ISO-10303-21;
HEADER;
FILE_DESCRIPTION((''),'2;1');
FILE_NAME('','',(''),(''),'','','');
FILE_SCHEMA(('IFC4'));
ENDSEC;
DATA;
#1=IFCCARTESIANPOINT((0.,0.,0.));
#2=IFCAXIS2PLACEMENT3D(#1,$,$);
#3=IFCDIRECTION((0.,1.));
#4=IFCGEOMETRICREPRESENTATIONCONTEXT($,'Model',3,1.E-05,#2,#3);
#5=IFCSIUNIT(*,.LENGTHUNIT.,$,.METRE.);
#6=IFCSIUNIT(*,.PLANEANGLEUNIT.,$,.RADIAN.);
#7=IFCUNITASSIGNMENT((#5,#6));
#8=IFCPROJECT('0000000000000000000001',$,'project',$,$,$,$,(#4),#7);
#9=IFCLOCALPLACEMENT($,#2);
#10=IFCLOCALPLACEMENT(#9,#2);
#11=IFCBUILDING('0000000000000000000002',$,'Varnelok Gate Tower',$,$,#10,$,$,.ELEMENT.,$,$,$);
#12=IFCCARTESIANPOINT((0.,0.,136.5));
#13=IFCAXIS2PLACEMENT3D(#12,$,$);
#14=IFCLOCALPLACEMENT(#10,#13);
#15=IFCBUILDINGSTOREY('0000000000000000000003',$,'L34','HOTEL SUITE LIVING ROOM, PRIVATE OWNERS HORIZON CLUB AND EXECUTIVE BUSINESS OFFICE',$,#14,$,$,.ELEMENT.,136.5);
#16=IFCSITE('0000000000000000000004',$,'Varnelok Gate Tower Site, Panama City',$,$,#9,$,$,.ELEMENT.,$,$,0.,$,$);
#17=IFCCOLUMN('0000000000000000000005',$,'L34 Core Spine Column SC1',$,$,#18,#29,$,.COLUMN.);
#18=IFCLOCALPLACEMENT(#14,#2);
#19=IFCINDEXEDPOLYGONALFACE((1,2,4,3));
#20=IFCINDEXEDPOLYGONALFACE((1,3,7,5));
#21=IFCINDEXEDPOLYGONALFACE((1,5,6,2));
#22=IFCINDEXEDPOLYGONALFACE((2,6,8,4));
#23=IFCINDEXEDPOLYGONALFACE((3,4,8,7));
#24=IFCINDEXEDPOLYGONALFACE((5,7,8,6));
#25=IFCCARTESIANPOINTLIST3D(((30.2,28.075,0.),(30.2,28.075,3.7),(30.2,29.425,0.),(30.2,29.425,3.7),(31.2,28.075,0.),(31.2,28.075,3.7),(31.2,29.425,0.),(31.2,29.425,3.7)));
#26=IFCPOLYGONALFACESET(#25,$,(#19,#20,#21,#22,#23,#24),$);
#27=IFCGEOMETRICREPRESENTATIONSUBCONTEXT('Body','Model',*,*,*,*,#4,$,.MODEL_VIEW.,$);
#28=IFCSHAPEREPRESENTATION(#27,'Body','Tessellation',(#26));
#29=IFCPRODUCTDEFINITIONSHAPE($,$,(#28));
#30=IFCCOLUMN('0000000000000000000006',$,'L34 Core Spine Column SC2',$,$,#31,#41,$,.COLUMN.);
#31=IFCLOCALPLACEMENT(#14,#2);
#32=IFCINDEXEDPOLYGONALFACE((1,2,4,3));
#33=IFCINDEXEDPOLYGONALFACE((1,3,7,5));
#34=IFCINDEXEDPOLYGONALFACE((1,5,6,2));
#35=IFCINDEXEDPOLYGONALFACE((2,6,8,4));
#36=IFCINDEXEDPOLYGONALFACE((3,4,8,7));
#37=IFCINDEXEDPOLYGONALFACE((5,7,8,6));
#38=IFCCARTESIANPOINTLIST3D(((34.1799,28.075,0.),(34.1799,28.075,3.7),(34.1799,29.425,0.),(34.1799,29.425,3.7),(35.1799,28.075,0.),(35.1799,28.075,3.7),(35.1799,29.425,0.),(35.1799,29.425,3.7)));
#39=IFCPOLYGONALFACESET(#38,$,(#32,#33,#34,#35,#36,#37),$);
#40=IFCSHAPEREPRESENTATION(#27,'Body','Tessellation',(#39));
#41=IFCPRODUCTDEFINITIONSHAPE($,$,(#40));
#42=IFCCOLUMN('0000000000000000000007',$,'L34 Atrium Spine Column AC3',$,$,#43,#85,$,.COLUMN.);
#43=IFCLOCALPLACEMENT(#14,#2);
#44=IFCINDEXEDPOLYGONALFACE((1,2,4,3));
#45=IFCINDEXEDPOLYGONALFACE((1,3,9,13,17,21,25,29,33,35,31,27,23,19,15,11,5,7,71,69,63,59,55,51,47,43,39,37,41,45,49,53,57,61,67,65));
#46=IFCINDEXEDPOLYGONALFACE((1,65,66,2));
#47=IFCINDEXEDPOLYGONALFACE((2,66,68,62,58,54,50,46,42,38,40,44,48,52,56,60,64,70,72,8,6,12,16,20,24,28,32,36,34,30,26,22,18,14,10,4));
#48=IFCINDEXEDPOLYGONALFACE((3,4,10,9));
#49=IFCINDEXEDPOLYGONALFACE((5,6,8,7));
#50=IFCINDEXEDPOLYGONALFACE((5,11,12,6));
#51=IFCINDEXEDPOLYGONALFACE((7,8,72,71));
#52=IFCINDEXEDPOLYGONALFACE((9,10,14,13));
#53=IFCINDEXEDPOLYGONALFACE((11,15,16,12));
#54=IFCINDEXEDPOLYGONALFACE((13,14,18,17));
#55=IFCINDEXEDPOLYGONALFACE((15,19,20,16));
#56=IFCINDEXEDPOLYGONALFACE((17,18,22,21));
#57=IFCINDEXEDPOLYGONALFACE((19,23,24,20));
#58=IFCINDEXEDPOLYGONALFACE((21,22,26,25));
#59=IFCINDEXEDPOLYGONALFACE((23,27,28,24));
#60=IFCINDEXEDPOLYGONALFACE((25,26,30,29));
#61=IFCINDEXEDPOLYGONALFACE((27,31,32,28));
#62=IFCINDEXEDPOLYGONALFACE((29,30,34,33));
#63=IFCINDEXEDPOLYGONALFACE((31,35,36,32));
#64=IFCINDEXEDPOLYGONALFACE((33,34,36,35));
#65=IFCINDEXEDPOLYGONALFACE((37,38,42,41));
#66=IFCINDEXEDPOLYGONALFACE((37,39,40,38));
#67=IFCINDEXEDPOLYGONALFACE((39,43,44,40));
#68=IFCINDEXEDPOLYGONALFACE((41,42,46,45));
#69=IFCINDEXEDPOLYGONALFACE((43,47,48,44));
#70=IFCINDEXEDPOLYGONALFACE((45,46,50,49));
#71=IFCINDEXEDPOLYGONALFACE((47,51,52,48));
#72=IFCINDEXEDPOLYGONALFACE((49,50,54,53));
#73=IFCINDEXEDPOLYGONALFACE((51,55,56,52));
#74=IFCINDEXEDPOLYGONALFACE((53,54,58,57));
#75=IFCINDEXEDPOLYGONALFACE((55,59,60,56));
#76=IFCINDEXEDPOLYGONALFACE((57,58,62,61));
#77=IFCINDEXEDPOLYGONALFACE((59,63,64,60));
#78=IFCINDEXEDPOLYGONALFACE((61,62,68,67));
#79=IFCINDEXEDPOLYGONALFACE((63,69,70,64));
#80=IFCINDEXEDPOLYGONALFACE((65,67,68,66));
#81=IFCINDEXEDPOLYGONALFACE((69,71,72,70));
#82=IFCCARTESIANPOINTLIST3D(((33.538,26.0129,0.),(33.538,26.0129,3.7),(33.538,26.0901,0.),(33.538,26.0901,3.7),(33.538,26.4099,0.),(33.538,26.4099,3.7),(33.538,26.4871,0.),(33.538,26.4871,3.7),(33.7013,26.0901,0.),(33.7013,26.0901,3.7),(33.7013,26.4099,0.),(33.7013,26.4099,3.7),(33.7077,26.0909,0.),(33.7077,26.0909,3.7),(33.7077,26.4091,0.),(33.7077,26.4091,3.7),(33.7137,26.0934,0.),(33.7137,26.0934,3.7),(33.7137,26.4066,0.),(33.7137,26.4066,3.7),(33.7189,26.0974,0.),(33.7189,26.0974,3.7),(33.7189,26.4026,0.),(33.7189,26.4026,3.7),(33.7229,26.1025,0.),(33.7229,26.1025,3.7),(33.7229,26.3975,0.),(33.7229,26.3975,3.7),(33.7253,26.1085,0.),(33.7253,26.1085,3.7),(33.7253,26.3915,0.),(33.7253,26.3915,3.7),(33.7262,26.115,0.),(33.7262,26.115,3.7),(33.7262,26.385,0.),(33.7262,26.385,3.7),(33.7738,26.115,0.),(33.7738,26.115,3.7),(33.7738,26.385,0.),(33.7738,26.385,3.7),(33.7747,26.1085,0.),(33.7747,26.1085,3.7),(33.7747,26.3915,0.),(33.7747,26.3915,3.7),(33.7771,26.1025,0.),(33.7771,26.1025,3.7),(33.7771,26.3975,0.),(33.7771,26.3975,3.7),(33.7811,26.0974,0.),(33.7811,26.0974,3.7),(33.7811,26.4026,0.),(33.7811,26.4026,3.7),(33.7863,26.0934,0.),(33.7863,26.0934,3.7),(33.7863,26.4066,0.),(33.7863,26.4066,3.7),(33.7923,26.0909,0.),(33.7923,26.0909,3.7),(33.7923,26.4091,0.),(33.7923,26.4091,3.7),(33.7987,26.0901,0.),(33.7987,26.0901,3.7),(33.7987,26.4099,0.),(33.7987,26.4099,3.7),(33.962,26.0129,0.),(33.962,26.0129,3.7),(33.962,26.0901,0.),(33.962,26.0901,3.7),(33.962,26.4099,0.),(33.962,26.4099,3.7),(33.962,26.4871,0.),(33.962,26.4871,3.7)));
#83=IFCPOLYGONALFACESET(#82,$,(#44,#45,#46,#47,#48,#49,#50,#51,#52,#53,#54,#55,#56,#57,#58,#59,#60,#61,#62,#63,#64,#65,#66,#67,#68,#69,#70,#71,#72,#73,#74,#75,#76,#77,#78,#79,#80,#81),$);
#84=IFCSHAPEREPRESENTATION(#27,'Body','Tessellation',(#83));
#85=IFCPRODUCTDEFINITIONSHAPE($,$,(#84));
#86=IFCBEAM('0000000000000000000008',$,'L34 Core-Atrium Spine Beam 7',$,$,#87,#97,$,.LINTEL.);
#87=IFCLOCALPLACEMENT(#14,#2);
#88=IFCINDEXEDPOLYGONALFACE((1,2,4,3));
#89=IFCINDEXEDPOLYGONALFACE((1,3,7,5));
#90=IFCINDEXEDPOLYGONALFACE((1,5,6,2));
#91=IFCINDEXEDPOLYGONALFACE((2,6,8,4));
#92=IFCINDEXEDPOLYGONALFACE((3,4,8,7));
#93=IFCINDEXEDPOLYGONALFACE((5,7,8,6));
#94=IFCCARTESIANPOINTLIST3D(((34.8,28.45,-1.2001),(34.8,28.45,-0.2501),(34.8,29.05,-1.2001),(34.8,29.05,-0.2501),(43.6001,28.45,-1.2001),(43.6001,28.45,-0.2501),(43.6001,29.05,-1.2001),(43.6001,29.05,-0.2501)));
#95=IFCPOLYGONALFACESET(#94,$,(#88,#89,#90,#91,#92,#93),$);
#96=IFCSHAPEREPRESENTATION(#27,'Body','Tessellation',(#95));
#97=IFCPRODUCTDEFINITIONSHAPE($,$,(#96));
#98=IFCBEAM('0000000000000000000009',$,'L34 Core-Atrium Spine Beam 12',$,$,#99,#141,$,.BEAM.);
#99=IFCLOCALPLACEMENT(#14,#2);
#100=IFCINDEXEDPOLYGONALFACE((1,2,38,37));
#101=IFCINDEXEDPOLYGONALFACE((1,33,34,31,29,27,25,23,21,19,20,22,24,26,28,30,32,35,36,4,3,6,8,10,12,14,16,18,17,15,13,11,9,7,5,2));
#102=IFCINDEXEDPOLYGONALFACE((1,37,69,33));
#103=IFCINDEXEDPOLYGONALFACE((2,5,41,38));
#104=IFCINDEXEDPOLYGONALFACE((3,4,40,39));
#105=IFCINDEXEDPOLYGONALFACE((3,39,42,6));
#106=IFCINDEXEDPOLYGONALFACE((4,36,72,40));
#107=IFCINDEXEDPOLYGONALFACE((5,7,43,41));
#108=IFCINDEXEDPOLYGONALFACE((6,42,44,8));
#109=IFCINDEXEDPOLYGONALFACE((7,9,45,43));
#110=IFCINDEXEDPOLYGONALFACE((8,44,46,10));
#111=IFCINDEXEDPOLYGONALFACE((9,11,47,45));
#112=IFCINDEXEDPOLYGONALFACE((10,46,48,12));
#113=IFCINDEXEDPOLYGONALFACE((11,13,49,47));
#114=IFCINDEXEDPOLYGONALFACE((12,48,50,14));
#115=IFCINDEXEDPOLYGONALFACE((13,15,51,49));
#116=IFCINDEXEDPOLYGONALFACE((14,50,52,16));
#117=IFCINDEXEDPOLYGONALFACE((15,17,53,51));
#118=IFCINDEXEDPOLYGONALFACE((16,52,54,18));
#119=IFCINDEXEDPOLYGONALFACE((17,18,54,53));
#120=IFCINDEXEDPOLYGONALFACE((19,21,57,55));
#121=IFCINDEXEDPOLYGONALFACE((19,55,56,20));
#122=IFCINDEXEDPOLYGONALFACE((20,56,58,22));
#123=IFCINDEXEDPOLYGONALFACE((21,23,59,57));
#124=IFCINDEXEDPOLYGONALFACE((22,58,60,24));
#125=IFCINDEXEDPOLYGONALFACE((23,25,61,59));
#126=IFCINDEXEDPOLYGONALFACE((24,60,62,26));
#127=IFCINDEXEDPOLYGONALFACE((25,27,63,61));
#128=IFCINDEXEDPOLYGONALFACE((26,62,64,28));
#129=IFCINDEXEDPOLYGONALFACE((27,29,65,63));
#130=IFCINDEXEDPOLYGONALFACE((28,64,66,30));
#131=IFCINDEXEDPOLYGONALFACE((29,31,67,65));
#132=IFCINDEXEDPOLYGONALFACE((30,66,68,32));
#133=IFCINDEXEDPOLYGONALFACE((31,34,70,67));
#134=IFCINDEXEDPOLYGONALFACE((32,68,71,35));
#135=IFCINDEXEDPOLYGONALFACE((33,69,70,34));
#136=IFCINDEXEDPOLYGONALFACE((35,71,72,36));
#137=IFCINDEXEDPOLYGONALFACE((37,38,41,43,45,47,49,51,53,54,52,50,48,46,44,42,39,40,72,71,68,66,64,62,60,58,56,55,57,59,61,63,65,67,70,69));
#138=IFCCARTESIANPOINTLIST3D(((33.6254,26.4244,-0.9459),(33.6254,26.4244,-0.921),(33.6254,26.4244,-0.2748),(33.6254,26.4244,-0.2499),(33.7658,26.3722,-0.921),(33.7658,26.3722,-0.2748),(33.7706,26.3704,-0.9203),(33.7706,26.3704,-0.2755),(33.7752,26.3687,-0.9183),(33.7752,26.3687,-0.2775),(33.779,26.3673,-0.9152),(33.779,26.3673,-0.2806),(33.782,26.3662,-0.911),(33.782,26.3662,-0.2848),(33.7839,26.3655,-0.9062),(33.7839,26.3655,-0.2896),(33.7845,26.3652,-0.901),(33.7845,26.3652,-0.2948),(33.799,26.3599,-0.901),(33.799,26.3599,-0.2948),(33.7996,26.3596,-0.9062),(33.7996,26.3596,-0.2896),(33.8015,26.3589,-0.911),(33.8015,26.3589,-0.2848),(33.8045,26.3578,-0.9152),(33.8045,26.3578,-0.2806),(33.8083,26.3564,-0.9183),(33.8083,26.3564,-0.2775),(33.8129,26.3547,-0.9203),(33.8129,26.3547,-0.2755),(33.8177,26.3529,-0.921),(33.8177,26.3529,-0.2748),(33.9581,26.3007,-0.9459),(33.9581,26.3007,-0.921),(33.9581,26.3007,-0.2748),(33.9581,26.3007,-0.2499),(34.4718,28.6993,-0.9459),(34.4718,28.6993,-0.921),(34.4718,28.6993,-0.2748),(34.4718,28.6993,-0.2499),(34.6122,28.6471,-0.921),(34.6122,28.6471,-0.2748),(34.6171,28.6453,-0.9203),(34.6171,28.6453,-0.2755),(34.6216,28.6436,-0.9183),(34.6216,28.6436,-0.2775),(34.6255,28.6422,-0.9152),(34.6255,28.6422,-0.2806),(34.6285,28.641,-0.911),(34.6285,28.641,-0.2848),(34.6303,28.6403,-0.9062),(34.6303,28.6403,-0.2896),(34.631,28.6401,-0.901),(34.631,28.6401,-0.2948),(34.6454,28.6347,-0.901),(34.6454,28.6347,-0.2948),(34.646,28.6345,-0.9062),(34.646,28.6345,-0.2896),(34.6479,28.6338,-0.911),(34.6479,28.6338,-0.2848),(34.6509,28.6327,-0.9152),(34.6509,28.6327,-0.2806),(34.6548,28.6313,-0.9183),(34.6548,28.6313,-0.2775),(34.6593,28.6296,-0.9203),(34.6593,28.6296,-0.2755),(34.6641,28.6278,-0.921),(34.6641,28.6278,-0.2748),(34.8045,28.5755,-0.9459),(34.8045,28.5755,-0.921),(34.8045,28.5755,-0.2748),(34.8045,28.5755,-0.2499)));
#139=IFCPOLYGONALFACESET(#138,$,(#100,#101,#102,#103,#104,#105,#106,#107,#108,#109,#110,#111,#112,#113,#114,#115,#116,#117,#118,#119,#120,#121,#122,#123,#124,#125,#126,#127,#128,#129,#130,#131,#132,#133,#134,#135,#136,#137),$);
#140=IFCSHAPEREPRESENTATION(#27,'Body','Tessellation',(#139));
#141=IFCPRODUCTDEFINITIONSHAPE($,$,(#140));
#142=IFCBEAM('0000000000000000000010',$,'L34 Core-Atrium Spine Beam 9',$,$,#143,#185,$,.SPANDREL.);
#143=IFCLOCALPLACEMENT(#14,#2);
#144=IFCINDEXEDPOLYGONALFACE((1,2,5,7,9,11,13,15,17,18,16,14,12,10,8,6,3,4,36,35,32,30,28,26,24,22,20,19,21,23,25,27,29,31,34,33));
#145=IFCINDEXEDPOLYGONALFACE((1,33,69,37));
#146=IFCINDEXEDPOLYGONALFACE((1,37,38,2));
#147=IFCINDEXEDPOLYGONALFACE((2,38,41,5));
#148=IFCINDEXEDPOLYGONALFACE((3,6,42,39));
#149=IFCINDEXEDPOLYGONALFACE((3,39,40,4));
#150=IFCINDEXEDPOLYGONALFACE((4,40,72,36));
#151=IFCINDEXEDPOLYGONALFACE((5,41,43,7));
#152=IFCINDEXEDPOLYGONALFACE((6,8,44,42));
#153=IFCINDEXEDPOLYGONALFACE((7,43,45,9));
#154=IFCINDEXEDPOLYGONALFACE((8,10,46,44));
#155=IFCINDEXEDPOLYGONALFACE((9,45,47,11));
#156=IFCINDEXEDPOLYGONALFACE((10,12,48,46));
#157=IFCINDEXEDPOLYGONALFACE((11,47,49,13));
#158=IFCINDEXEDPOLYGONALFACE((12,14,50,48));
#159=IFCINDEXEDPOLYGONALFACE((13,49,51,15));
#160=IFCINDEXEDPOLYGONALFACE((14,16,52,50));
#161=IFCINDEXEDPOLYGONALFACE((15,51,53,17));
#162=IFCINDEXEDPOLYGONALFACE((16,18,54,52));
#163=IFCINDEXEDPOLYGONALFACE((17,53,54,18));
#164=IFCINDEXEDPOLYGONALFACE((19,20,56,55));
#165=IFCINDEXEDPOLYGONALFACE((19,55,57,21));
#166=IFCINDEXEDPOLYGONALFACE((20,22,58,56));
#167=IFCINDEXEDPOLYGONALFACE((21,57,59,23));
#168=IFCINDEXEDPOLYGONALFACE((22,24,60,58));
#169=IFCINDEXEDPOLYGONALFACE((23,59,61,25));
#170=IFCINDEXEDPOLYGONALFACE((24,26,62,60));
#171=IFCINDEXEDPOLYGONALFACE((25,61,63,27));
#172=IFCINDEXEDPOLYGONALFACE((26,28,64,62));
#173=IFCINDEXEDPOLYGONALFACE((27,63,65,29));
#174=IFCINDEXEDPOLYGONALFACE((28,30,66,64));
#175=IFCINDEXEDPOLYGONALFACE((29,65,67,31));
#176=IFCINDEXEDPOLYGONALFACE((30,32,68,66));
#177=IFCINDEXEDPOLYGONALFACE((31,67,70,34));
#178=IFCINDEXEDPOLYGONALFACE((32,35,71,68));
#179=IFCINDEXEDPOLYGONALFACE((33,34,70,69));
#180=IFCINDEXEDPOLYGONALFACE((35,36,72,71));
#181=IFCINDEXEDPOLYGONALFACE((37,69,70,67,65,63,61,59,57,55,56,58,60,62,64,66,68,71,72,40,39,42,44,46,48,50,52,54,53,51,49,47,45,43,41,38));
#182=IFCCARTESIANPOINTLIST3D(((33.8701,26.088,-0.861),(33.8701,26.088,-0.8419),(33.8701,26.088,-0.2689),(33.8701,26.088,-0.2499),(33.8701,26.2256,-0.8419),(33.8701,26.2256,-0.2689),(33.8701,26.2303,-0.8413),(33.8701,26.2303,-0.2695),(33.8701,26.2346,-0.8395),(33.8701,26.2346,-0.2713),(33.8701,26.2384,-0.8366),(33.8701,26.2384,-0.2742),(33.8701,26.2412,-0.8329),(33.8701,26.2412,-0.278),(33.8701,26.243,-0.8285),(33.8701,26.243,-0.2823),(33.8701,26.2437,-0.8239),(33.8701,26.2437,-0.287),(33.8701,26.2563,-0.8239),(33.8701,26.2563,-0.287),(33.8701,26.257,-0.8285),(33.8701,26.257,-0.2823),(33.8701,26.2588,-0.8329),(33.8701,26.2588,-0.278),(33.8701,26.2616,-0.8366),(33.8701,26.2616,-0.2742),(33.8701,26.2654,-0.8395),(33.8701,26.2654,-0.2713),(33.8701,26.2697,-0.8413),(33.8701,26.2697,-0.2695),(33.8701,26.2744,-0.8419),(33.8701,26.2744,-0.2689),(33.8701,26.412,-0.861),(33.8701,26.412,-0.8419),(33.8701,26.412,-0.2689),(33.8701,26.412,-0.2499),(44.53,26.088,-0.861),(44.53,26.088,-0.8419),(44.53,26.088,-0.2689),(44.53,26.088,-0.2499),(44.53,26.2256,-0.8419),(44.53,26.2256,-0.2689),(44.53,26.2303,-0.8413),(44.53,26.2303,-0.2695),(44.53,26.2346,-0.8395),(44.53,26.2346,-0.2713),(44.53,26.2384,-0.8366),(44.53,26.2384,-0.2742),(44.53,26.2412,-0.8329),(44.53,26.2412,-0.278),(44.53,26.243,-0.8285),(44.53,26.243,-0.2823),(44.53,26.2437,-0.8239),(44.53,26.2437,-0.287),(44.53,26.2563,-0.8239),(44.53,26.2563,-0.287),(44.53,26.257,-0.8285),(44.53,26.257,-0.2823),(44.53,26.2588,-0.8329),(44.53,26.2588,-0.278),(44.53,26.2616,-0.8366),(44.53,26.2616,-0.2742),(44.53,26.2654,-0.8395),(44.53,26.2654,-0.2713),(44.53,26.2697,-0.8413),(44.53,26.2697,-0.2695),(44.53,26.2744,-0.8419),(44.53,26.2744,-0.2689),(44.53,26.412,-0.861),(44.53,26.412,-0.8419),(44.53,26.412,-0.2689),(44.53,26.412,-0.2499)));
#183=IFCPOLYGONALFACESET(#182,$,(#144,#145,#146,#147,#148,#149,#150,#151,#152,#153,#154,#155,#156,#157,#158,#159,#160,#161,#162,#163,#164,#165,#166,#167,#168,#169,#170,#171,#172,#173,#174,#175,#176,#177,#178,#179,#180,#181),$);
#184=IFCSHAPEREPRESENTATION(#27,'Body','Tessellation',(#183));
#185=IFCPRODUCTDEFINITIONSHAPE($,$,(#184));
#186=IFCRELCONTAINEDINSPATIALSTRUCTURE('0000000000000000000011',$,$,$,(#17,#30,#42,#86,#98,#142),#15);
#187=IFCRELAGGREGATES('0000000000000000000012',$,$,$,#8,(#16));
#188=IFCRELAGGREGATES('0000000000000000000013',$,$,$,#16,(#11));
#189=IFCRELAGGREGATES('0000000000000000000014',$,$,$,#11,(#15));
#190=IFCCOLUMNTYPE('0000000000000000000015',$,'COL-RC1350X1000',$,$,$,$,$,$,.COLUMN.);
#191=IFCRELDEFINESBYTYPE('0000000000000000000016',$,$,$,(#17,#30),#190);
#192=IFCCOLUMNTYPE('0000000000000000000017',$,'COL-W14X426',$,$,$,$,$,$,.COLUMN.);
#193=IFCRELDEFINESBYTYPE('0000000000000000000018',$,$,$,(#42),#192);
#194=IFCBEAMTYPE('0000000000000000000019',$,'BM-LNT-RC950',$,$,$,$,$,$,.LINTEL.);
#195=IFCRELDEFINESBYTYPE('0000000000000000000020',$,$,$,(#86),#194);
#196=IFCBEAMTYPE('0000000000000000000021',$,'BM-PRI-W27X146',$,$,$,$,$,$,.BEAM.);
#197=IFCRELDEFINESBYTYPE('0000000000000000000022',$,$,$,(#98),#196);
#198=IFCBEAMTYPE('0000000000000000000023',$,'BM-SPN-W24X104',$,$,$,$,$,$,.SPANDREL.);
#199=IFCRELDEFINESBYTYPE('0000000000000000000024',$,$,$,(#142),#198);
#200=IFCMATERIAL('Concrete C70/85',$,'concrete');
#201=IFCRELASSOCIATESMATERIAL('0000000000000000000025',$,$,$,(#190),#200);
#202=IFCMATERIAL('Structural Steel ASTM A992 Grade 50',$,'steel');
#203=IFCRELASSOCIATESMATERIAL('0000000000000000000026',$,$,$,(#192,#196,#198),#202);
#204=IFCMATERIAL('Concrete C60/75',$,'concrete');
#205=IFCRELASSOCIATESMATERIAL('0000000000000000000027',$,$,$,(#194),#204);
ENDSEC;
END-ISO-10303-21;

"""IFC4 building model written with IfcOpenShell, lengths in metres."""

from ifc_helpers import new_model, si_unit, direction, frame, origin, origin_2d, place, context, subcontext, project, spatial, rectangle, i_section, extrude, material, material_profile, profile_set, type_object, element, save


model = new_model("IFC4")

# Units and contexts
model_context = context("Model", 3, precision=1e-05, world=origin(), true_north=direction((0.0, 1.0)))
body_context = subcontext(model_context, "Body", "Model", "MODEL_VIEW")
ifc_project = project(units=[si_unit("LENGTHUNIT", "METRE"), si_unit("PLANEANGLEUNIT", "RADIAN")], contexts=[model_context])

# Site, building, storey
site_placement = place(None, origin())
site = spatial("IfcSite", under=ifc_project, at=site_placement, Name="Varnelok Gate Tower Site, Panama City", CompositionType="ELEMENT", RefElevation=0.0)
building_placement = place(site_placement, origin())
building = spatial("IfcBuilding", under=site, at=building_placement, Name="Varnelok Gate Tower", CompositionType="ELEMENT")
storey_placement = place(building_placement, frame((0.0, 0.0, 136.5)))
storey = spatial("IfcBuildingStorey", under=building, at=storey_placement, Name="L34", Description="HOTEL SUITE LIVING ROOM, PRIVATE OWNERS HORIZON CLUB AND EXECUTIVE BUSINESS OFFICE", CompositionType="ELEMENT", Elevation=136.5)

# Columns
ifc_material_1 = material(Name="Concrete C70/85", Category="concrete")
ifc_material_profile_1 = material_profile(ifc_material_1, rectangle(XDim=1.0, YDim=1.3501, at=origin_2d()), Name="RC1350X1000")
ifc_profile_set_1 = profile_set([ifc_material_profile_1], Name="Concrete C70/85")
column_type_1 = type_object("IfcColumnType", Name="COL-RC1350X1000", PredefinedType="COLUMN", material=ifc_profile_set_1)
for number, where, z_axis, x_axis, name in (
    (1, (30.7, 28.75, 0.0), (0.0, 0.0, 1.0), (1.0, 0.0, 0.0), "L34 Core Spine Column SC1"),
    (2, (34.6799, 28.75, 0.0), (0.0, 0.0, 1.0), (1.0, 0.0, 0.0), "L34 Core Spine Column SC2"),
):
    element("IfcColumn", number, at=place(storey_placement, frame(where, z_axis=z_axis, x_axis=x_axis)), inside=storey, type_object=column_type_1, Name=name, PredefinedType="COLUMN", context=body_context, shape_type="SweptSolid", body=[
        extrude(rectangle(XDim=1.0, YDim=1.3501, at=origin_2d()), origin(), (0.0, 0.0, 1.0), 3.7),
    ])
ifc_material_2 = material(Name="Structural Steel ASTM A992 Grade 50", Category="steel")
ifc_material_profile_2 = material_profile(ifc_material_2, i_section(OverallWidth=0.4241, OverallDepth=0.4741, WebThickness=0.0476, FlangeThickness=0.0771, FilletRadius=0.0249, at=origin_2d()), Name="W14X426")
ifc_profile_set_2 = profile_set([ifc_material_profile_2], Name="Structural Steel ASTM A992 Grade 50")
column_type_2 = type_object("IfcColumnType", Name="COL-W14X426", PredefinedType="COLUMN", material=ifc_profile_set_2)
column_placement = place(storey_placement, frame((33.75, 26.25, 0.0), z_axis=(0.0, 0.0, 1.0), x_axis=(1.0, 0.0, 0.0)))
element("IfcColumn", 3, at=column_placement, inside=storey, type_object=column_type_2, Name="L34 Atrium Spine Column AC3", PredefinedType="COLUMN", context=body_context, shape_type="SweptSolid", body=[
    extrude(i_section(OverallWidth=0.4241, OverallDepth=0.4741, WebThickness=0.0476, FlangeThickness=0.0771, FilletRadius=0.0249, at=origin_2d()), origin(), (0.0, 0.0, 1.0), 3.7),
])

# Beams
ifc_material_3 = material(Name="Concrete C60/75", Category="concrete")
ifc_material_profile_3 = material_profile(ifc_material_3, rectangle(XDim=0.6001, YDim=0.95, at=origin_2d()), Name="RC950X600")
ifc_profile_set_3 = profile_set([ifc_material_profile_3], Name="Concrete C60/75")
beam_type_1 = type_object("IfcBeamType", Name="BM-LNT-RC950", PredefinedType="LINTEL", material=ifc_profile_set_3)
beam_1_placement = place(storey_placement, frame((34.8, 28.75, -0.7251), z_axis=(1.0, 0.0, 0.0), x_axis=(0.0, 1.0, 0.0)))
element("IfcBeam", 4, at=beam_1_placement, inside=storey, type_object=beam_type_1, Name="L34 Core-Atrium Spine Beam 7", PredefinedType="LINTEL", context=body_context, shape_type="SweptSolid", body=[
    extrude(rectangle(XDim=0.6001, YDim=0.95, at=origin_2d()), origin(), (0.0, 0.0, 1.0), 8.8),
])
ifc_material_profile_4 = material_profile(ifc_material_2, i_section(OverallWidth=0.355, OverallDepth=0.696, WebThickness=0.0154, FlangeThickness=0.0249, FilletRadius=0.02, at=origin_2d()), Name="W27X146")
ifc_profile_set_4 = profile_set([ifc_material_profile_4], Name="Structural Steel ASTM A992 Grade 50")
beam_type_2 = type_object("IfcBeamType", Name="BM-PRI-W27X146", PredefinedType="BEAM", material=ifc_profile_set_4)
beam_2_placement = place(storey_placement, frame((33.7917, 26.3625, -0.5979), z_axis=(0.348719, 0.937227, 0.0), x_axis=(-0.937227, 0.348719, 0.0)))
element("IfcBeam", 5, at=beam_2_placement, inside=storey, type_object=beam_type_2, Name="L34 Core-Atrium Spine Beam 12", PredefinedType="BEAM", context=body_context, shape_type="SweptSolid", body=[
    extrude(i_section(OverallWidth=0.355, OverallDepth=0.696, WebThickness=0.0154, FlangeThickness=0.0249, FilletRadius=0.02, at=origin_2d()), origin(), (0.0, 0.0, 1.0), 2.4272),
])
ifc_material_profile_5 = material_profile(ifc_material_2, i_section(OverallWidth=0.324, OverallDepth=0.6111, WebThickness=0.0127, FlangeThickness=0.019, FilletRadius=0.0181, at=origin_2d()), Name="W24X104")
ifc_profile_set_5 = profile_set([ifc_material_profile_5], Name="Structural Steel ASTM A992 Grade 50")
beam_type_3 = type_object("IfcBeamType", Name="BM-SPN-W24X104", PredefinedType="SPANDREL", material=ifc_profile_set_5)
beam_3_placement = place(storey_placement, frame((33.8701, 26.25, -0.5554), z_axis=(1.0, 0.0, 0.0), x_axis=(0.0, 1.0, 0.0)))
element("IfcBeam", 6, at=beam_3_placement, inside=storey, type_object=beam_type_3, Name="L34 Core-Atrium Spine Beam 9", PredefinedType="SPANDREL", context=body_context, shape_type="SweptSolid", body=[
    extrude(i_section(OverallWidth=0.324, OverallDepth=0.6111, WebThickness=0.0127, FlangeThickness=0.019, FilletRadius=0.0181, at=origin_2d()), origin(), (0.0, 0.0, 1.0), 10.6599),
])

save(model, "model.ifc")
